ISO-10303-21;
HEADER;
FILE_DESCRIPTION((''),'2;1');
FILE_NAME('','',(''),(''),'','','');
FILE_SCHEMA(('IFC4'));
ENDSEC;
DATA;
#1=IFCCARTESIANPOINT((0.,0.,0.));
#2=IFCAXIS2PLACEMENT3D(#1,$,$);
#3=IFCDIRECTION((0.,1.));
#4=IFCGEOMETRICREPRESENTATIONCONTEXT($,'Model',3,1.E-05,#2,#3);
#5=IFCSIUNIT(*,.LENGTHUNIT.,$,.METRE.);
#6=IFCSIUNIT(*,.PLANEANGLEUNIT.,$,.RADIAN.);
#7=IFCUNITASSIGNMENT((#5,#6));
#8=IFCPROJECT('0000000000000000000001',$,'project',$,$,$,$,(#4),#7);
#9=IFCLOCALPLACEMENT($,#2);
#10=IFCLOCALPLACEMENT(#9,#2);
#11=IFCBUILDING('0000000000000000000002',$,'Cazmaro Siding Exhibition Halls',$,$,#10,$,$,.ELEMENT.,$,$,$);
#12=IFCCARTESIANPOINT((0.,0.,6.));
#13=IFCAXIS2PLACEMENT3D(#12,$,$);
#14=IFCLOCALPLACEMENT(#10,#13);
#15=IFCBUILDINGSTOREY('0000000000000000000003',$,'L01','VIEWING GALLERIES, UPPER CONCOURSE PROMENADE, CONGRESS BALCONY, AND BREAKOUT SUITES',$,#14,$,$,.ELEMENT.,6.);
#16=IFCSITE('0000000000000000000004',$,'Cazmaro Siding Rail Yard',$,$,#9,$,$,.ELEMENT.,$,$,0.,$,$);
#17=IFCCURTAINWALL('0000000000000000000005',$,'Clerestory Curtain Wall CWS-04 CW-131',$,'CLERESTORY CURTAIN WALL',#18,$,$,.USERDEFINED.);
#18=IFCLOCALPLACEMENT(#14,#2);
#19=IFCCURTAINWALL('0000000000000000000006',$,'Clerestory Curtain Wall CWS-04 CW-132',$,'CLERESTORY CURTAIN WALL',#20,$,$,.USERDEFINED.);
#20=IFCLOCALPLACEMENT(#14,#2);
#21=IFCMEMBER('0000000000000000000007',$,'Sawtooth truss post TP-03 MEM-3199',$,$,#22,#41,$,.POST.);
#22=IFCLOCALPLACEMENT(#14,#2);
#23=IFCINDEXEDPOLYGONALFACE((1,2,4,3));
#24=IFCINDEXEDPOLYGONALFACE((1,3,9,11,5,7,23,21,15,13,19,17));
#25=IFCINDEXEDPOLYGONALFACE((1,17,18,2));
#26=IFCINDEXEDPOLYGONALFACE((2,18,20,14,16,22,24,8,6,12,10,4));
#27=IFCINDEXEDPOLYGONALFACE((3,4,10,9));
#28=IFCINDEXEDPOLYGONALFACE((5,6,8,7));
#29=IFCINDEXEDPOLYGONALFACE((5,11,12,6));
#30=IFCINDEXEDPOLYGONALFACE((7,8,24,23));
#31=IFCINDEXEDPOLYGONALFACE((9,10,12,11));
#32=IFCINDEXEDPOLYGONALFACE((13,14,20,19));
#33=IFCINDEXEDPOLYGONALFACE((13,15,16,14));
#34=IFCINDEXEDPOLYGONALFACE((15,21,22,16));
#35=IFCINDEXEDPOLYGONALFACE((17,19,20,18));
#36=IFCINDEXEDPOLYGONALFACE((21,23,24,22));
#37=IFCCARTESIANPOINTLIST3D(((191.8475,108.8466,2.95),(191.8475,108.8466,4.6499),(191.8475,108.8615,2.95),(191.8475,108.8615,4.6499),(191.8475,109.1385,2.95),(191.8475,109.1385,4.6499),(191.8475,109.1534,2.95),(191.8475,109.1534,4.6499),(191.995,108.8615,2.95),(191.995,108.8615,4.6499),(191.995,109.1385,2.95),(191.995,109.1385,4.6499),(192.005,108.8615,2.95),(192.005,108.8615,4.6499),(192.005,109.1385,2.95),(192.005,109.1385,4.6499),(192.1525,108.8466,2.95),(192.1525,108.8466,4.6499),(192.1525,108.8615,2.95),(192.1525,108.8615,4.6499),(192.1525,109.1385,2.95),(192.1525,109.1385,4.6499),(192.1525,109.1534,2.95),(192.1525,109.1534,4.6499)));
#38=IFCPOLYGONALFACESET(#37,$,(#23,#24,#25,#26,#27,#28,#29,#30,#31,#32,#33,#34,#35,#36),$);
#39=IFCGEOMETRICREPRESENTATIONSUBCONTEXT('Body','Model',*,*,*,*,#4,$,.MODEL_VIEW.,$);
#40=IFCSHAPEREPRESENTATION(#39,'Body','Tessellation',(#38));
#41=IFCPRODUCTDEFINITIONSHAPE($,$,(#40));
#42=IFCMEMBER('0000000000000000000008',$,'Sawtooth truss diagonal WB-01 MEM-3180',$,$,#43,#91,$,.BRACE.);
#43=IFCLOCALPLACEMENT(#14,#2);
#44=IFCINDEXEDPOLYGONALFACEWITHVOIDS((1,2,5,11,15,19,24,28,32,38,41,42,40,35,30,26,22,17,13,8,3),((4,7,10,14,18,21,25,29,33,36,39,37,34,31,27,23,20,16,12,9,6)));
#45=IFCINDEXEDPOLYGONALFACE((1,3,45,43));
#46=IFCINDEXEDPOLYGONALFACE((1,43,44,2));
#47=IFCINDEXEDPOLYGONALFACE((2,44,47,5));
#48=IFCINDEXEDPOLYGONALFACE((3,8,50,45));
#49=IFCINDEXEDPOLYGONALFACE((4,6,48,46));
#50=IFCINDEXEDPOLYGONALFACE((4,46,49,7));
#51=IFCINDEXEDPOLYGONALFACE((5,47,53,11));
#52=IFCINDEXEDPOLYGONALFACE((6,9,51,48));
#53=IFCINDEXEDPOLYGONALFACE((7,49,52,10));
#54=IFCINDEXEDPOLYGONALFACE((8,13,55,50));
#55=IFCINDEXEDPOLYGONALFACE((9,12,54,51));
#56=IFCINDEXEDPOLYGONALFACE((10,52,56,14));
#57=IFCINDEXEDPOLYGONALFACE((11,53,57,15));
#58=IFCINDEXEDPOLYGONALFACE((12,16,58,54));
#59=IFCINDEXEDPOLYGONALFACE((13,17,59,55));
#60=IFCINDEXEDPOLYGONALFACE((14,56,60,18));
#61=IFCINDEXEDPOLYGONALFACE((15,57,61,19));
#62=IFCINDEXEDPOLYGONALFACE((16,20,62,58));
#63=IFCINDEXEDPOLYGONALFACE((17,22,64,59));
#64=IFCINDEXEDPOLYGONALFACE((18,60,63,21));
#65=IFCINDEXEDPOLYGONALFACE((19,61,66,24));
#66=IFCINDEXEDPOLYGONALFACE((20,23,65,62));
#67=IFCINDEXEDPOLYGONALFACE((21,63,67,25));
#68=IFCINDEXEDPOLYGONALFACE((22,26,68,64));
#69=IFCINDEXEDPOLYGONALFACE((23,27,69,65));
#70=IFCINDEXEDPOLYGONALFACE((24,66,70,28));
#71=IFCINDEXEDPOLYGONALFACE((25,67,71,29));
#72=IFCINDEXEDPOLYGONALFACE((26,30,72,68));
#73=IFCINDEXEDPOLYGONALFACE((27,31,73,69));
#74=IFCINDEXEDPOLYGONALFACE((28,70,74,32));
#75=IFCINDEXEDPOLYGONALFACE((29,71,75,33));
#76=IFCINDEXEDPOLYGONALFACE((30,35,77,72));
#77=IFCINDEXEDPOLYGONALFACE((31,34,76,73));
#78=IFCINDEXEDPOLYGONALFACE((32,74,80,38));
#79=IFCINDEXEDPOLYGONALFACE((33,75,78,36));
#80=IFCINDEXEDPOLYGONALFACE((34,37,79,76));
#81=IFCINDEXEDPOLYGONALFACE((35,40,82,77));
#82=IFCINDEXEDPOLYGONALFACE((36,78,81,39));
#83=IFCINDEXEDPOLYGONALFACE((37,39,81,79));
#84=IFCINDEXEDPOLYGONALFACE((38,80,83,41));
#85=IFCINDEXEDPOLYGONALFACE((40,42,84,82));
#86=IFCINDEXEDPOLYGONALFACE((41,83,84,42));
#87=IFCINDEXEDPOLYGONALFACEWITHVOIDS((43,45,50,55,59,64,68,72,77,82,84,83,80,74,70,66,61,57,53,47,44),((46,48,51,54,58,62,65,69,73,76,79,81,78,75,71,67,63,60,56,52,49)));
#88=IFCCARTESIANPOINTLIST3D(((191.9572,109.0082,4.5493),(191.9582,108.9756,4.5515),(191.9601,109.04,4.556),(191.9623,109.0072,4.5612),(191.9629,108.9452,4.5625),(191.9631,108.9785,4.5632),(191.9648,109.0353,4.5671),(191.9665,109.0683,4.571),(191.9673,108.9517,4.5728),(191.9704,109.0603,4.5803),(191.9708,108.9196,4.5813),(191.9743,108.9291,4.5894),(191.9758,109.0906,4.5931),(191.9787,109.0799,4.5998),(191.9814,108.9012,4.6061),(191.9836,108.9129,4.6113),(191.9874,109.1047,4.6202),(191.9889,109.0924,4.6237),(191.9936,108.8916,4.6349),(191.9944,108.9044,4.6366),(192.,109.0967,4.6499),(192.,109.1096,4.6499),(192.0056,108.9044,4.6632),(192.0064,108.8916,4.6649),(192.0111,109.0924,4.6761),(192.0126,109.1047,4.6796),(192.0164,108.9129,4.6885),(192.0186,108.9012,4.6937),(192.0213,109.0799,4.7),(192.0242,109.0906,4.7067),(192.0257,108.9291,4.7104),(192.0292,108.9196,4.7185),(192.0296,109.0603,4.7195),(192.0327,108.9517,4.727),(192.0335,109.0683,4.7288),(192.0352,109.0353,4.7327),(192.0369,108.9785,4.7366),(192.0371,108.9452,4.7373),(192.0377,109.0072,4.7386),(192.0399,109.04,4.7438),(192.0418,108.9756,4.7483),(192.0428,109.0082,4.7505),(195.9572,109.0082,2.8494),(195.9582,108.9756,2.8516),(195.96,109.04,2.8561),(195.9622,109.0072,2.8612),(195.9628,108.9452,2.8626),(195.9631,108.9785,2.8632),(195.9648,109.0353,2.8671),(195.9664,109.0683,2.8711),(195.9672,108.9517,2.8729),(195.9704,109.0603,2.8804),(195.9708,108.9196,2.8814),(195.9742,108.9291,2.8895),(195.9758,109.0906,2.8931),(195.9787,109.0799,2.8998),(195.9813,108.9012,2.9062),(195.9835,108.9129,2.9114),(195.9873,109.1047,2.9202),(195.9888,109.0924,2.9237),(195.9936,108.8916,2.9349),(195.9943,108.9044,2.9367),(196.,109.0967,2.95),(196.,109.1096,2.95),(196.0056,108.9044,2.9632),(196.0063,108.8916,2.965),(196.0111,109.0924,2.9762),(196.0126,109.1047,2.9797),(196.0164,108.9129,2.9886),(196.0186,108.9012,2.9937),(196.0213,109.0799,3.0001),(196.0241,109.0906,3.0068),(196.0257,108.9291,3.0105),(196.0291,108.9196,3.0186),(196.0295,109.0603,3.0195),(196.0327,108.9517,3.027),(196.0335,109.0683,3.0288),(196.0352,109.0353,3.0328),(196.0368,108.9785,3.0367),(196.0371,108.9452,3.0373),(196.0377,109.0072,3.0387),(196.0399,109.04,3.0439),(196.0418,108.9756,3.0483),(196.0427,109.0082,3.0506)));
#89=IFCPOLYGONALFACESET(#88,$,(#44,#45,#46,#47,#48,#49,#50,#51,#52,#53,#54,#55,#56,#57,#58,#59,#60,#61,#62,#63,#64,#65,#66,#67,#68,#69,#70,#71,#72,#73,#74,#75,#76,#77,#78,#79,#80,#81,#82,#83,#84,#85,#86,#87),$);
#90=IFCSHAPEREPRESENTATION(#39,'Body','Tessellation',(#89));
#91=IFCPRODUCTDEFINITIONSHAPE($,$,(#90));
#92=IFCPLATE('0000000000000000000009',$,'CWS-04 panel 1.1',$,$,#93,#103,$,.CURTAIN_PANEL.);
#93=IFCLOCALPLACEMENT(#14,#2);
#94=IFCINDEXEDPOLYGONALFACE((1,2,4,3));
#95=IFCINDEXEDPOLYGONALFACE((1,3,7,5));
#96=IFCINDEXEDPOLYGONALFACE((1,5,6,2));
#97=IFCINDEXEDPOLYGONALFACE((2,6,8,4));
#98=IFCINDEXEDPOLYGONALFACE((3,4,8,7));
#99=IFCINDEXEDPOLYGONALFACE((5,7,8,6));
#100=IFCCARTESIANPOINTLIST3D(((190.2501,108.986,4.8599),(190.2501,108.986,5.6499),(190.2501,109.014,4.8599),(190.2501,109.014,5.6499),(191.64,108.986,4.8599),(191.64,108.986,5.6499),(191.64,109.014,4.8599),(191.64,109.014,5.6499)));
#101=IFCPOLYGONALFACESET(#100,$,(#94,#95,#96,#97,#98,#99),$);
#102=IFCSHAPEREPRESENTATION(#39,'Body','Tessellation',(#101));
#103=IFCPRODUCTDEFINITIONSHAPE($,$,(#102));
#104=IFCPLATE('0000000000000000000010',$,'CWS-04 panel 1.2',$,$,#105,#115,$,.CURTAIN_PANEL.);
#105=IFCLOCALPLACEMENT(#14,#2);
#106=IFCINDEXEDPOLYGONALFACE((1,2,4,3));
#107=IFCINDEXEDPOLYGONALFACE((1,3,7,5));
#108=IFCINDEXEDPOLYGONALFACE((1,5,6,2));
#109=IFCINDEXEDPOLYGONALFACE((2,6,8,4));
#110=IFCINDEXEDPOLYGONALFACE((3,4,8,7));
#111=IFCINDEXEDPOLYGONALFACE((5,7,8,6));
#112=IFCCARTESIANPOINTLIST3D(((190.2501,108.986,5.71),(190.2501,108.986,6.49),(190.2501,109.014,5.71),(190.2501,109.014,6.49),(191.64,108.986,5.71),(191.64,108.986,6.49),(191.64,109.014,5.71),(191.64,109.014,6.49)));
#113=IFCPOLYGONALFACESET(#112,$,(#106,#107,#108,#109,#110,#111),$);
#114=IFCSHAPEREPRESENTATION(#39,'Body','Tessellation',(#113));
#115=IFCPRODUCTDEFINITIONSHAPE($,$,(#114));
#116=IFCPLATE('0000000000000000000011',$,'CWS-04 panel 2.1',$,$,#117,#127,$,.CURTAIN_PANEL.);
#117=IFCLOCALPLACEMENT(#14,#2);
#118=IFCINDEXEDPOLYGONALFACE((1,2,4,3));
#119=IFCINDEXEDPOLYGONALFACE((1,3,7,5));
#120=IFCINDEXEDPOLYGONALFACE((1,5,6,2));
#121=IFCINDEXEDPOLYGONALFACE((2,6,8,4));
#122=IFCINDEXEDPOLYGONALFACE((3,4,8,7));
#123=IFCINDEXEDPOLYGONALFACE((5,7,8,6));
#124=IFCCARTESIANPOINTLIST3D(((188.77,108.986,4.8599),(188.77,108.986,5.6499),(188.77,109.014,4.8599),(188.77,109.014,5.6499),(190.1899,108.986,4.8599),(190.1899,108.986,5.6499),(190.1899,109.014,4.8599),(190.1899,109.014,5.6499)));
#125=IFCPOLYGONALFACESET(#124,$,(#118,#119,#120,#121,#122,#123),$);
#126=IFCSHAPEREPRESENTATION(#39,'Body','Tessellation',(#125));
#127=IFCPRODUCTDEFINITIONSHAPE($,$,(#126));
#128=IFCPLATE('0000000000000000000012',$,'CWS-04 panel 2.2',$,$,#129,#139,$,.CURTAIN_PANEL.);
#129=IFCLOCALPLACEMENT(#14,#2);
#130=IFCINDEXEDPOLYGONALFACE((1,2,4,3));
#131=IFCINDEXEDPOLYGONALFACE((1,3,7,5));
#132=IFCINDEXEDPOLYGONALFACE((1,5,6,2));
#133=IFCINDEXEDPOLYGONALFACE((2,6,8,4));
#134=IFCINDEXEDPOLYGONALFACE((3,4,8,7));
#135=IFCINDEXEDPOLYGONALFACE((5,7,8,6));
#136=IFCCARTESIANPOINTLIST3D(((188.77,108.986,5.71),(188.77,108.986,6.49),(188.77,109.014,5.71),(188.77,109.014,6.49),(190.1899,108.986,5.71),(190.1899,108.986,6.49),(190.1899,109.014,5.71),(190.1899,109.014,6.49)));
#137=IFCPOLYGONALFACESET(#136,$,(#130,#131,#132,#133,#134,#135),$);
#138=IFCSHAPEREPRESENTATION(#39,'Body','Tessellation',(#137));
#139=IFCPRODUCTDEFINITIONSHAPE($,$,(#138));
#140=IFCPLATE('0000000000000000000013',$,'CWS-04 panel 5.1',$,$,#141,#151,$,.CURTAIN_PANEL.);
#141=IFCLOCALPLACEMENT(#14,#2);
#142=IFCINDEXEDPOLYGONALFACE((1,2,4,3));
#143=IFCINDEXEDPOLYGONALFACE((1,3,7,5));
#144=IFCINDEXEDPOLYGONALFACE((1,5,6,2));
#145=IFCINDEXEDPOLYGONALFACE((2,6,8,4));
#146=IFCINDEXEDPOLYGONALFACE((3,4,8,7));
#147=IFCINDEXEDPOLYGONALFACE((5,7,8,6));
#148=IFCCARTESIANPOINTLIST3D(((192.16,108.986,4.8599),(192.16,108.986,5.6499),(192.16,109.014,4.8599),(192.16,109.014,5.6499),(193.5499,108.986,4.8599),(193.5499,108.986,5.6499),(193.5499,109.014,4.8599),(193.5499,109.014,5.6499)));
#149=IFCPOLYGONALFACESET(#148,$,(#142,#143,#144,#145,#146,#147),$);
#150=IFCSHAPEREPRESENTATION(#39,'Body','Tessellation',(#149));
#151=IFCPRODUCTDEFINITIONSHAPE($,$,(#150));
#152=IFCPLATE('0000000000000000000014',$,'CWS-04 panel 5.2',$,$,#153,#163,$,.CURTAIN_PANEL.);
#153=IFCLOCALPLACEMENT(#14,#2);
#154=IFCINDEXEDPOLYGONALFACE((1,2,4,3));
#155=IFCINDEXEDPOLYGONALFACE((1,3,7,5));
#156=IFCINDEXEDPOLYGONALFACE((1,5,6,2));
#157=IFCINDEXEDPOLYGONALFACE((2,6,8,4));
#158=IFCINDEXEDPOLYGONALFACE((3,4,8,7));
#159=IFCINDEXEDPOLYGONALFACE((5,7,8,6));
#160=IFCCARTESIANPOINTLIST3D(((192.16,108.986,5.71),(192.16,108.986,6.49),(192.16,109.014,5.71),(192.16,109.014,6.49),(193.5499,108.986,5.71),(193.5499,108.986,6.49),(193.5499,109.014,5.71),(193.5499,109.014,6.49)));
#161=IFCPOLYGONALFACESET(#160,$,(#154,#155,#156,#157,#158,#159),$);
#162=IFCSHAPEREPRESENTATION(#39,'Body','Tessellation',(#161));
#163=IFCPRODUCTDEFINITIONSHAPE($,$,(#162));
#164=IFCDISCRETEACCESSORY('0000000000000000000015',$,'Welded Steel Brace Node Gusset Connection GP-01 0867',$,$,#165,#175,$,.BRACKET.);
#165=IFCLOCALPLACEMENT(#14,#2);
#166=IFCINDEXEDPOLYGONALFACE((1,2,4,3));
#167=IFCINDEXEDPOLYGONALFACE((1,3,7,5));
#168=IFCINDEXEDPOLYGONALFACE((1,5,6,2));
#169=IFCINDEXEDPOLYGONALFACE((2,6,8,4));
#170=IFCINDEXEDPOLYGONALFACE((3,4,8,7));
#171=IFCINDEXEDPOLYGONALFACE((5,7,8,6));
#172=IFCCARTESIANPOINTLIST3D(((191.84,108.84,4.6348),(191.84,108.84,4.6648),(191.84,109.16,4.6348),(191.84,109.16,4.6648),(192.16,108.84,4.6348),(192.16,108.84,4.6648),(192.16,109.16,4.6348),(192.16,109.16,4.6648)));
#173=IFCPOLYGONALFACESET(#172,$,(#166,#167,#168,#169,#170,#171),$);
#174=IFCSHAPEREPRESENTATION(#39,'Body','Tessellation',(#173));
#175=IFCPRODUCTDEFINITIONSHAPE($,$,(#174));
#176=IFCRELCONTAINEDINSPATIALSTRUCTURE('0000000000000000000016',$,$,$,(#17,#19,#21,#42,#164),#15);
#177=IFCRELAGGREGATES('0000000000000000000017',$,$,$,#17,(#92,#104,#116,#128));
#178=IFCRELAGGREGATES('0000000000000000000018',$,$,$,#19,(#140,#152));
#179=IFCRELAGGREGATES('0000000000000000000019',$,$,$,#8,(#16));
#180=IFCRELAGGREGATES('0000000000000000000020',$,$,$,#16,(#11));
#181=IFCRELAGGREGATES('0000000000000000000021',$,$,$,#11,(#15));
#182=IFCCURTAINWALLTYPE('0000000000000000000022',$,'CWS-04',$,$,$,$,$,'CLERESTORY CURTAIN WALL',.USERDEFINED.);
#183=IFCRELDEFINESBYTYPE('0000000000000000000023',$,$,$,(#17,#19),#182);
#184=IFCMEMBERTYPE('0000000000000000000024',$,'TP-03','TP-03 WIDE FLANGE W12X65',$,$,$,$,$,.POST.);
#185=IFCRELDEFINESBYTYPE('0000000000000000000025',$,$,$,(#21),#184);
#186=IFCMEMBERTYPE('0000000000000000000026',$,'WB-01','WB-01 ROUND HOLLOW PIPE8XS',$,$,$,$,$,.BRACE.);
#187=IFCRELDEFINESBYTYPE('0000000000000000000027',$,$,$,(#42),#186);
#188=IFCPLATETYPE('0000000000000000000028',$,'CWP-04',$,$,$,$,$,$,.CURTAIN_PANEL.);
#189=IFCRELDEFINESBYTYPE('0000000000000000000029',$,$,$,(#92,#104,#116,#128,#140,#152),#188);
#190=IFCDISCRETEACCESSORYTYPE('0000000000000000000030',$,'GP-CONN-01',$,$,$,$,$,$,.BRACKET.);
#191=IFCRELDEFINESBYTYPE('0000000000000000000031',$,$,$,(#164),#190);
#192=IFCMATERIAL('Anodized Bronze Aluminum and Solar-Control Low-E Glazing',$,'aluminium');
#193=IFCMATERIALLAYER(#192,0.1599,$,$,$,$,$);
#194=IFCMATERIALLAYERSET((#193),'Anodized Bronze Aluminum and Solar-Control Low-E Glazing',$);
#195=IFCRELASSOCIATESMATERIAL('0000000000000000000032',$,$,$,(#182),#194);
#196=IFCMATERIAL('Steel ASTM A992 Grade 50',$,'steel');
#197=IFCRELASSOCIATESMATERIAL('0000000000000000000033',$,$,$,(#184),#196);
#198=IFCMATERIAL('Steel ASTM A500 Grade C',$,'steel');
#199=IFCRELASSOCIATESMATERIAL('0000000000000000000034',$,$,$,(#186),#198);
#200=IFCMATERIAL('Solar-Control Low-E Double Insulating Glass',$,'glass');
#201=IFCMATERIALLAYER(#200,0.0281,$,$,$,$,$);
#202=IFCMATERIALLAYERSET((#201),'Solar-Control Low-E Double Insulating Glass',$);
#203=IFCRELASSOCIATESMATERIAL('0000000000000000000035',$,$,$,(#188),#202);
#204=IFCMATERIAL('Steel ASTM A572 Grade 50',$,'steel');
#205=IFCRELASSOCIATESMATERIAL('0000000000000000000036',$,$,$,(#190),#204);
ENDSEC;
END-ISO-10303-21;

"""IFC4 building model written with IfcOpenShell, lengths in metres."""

from ifc_helpers import new_model, si_unit, direction, frame, origin, origin_2d, place, context, subcontext, project, spatial, rectangle, hollow_circle, i_section, extrude, material, layer, layer_set, material_profile, profile_set, type_object, element, aggregate, save


model = new_model("IFC4")

# Units and contexts
model_context = context("Model", 3, precision=1e-05, world=origin(), true_north=direction((0.0, 1.0)))
body_context = subcontext(model_context, "Body", "Model", "MODEL_VIEW")
ifc_project = project(units=[si_unit("LENGTHUNIT", "METRE"), si_unit("PLANEANGLEUNIT", "RADIAN")], contexts=[model_context])

# Site, building, storey
site_placement = place(None, origin())
site = spatial("IfcSite", under=ifc_project, at=site_placement, Name="Cazmaro Siding Rail Yard", CompositionType="ELEMENT", RefElevation=0.0)
building_placement = place(site_placement, origin())
building = spatial("IfcBuilding", under=site, at=building_placement, Name="Cazmaro Siding Exhibition Halls", CompositionType="ELEMENT")
storey_placement = place(building_placement, frame((0.0, 0.0, 6.0)))
storey = spatial("IfcBuildingStorey", under=building, at=storey_placement, Name="L01", Description="VIEWING GALLERIES, UPPER CONCOURSE PROMENADE, CONGRESS BALCONY, AND BREAKOUT SUITES", CompositionType="ELEMENT", Elevation=6.0)

# Curtain wall
ifc_material_1 = material(Name="Anodized Bronze Aluminum and Solar-Control Low-E Glazing", Category="aluminium")
ifc_layer_1 = layer(ifc_material_1, 0.1599)
ifc_layer_set_1 = layer_set([ifc_layer_1], Name="Anodized Bronze Aluminum and Solar-Control Low-E Glazing")
curtain_wall_type = type_object("IfcCurtainWallType", Name="CWS-04", ElementType="CLERESTORY CURTAIN WALL", PredefinedType="USERDEFINED", material=ifc_layer_set_1)
curtain_wall_1_placement = place(storey_placement, origin())
curtain_wall_1 = element("IfcCurtainWall", 1, at=curtain_wall_1_placement, inside=storey, type_object=curtain_wall_type, Name="Clerestory Curtain Wall CWS-04 CW-131", ObjectType="CLERESTORY CURTAIN WALL", PredefinedType="USERDEFINED")

# Curtain wall
curtain_wall_2_placement = place(storey_placement, origin())
curtain_wall_2 = element("IfcCurtainWall", 2, at=curtain_wall_2_placement, inside=storey, type_object=curtain_wall_type, Name="Clerestory Curtain Wall CWS-04 CW-132", ObjectType="CLERESTORY CURTAIN WALL", PredefinedType="USERDEFINED")

# Members
ifc_material_2 = material(Name="Steel ASTM A992 Grade 50", Category="steel")
ifc_material_profile_1 = material_profile(ifc_material_2, i_section(OverallWidth=0.3049, OverallDepth=0.3069, WebThickness=0.01, FlangeThickness=0.0149, at=origin_2d()), Name="W12X65")
ifc_profile_set_1 = profile_set([ifc_material_profile_1], Name="Steel ASTM A992 Grade 50")
member_type_1 = type_object("IfcMemberType", Name="TP-03", Description="TP-03 WIDE FLANGE W12X65", PredefinedType="POST", material=ifc_profile_set_1)
member_1_placement = place(storey_placement, frame((192.0, 109.0, 2.95), z_axis=(0.0, 0.0, 1.0), x_axis=(1.0, 0.0, 0.0)))
element("IfcMember", 3, at=member_1_placement, inside=storey, type_object=member_type_1, Name="Sawtooth truss post TP-03 MEM-3199", PredefinedType="POST", context=body_context, shape_type="SweptSolid", body=[
    extrude(i_section(OverallWidth=0.3049, OverallDepth=0.3069, WebThickness=0.01, FlangeThickness=0.0149, at=origin_2d()), origin(), (0.0, 0.0, 1.0), 1.7),
])
ifc_material_3 = material(Name="Steel ASTM A500 Grade C", Category="steel")
ifc_material_profile_2 = material_profile(ifc_material_3, hollow_circle(Radius=0.1096, WallThickness=0.0129, at=origin_2d()), Name="PIPE8XS")
ifc_profile_set_2 = profile_set([ifc_material_profile_2], Name="Steel ASTM A500 Grade C")
member_type_2 = type_object("IfcMemberType", Name="WB-01", Description="WB-01 ROUND HOLLOW PIPE8XS", PredefinedType="BRACE", material=ifc_profile_set_2)
member_2_placement = place(storey_placement, frame((192.0, 109.0, 4.6499), z_axis=(0.920335, 0.0, -0.391131), x_axis=(0.0, 1.0, 0.0)))
element("IfcMember", 4, at=member_2_placement, inside=storey, type_object=member_type_2, Name="Sawtooth truss diagonal WB-01 MEM-3180", PredefinedType="BRACE", context=body_context, shape_type="SweptSolid", body=[
    extrude(hollow_circle(Radius=0.1096, WallThickness=0.0129, at=origin_2d()), origin(), (0.0, 0.0, 1.0), 4.3462),
])

# Plates
ifc_material_4 = material(Name="Solar-Control Low-E Double Insulating Glass", Category="glass")
ifc_layer_2 = layer(ifc_material_4, 0.0281)
ifc_layer_set_2 = layer_set([ifc_layer_2], Name="Solar-Control Low-E Double Insulating Glass")
plate_type = type_object("IfcPlateType", Name="CWP-04", PredefinedType="CURTAIN_PANEL", material=ifc_layer_set_2)
plate_1_placement = place(storey_placement, frame((190.9451, 109.0, 4.8599), z_axis=(0.0, 0.0, 1.0), x_axis=(-1.0, 0.0, 0.0)))
plate_1 = element("IfcPlate", 5, at=plate_1_placement, type_object=plate_type, Name="CWS-04 panel 1.1", PredefinedType="CURTAIN_PANEL", context=body_context, shape_type="SweptSolid", body=[
    extrude(rectangle(XDim=1.3899, YDim=0.0281, at=origin_2d()), origin(), (0.0, 0.0, 1.0), 0.79),
])
plate_2_placement = place(storey_placement, frame((190.9451, 109.0, 5.71), z_axis=(0.0, 0.0, 1.0), x_axis=(-1.0, 0.0, 0.0)))
plate_2 = element("IfcPlate", 6, at=plate_2_placement, type_object=plate_type, Name="CWS-04 panel 1.2", PredefinedType="CURTAIN_PANEL", context=body_context, shape_type="SweptSolid", body=[
    extrude(rectangle(XDim=1.3899, YDim=0.0281, at=origin_2d()), origin(), (0.0, 0.0, 1.0), 0.78),
])
plate_3_placement = place(storey_placement, frame((189.48, 109.0, 4.8599), z_axis=(0.0, 0.0, 1.0), x_axis=(-1.0, 0.0, 0.0)))
plate_3 = element("IfcPlate", 7, at=plate_3_placement, type_object=plate_type, Name="CWS-04 panel 2.1", PredefinedType="CURTAIN_PANEL", context=body_context, shape_type="SweptSolid", body=[
    extrude(rectangle(XDim=1.4199, YDim=0.0281, at=origin_2d()), origin(), (0.0, 0.0, 1.0), 0.79),
])
plate_4_placement = place(storey_placement, frame((189.48, 109.0, 5.71), z_axis=(0.0, 0.0, 1.0), x_axis=(-1.0, 0.0, 0.0)))
plate_4 = element("IfcPlate", 8, at=plate_4_placement, type_object=plate_type, Name="CWS-04 panel 2.2", PredefinedType="CURTAIN_PANEL", context=body_context, shape_type="SweptSolid", body=[
    extrude(rectangle(XDim=1.4199, YDim=0.0281, at=origin_2d()), origin(), (0.0, 0.0, 1.0), 0.78),
])
aggregate(curtain_wall_1, [plate_1, plate_2, plate_3, plate_4])
plate_5_placement = place(storey_placement, frame((192.855, 109.0, 4.8599), z_axis=(0.0, 0.0, 1.0), x_axis=(-1.0, 0.0, 0.0)))
plate_5 = element("IfcPlate", 9, at=plate_5_placement, type_object=plate_type, Name="CWS-04 panel 5.1", PredefinedType="CURTAIN_PANEL", context=body_context, shape_type="SweptSolid", body=[
    extrude(rectangle(XDim=1.3899, YDim=0.0281, at=origin_2d()), origin(), (0.0, 0.0, 1.0), 0.79),
])
plate_6_placement = place(storey_placement, frame((192.855, 109.0, 5.71), z_axis=(0.0, 0.0, 1.0), x_axis=(-1.0, 0.0, 0.0)))
plate_6 = element("IfcPlate", 10, at=plate_6_placement, type_object=plate_type, Name="CWS-04 panel 5.2", PredefinedType="CURTAIN_PANEL", context=body_context, shape_type="SweptSolid", body=[
    extrude(rectangle(XDim=1.3899, YDim=0.0281, at=origin_2d()), origin(), (0.0, 0.0, 1.0), 0.78),
])
aggregate(curtain_wall_2, [plate_5, plate_6])

# Discrete accessory
ifc_material_5 = material(Name="Steel ASTM A572 Grade 50", Category="steel")
discrete_accessory_type = type_object("IfcDiscreteAccessoryType", Name="GP-CONN-01", PredefinedType="BRACKET", material=ifc_material_5)
discrete_accessory_placement = place(storey_placement, frame((192.0, 109.0, 4.6348), z_axis=(0.0, 0.0, 1.0), x_axis=(1.0, 0.0, 0.0)))
element("IfcDiscreteAccessory", 11, at=discrete_accessory_placement, inside=storey, type_object=discrete_accessory_type, Name="Welded Steel Brace Node Gusset Connection GP-01 0867", PredefinedType="BRACKET", context=body_context, shape_type="SweptSolid", body=[
    extrude(rectangle(XDim=0.3201, YDim=0.3201, at=origin_2d()), origin(), (0.0, 0.0, 1.0), 0.03),
])

save(model, "model.ifc")
